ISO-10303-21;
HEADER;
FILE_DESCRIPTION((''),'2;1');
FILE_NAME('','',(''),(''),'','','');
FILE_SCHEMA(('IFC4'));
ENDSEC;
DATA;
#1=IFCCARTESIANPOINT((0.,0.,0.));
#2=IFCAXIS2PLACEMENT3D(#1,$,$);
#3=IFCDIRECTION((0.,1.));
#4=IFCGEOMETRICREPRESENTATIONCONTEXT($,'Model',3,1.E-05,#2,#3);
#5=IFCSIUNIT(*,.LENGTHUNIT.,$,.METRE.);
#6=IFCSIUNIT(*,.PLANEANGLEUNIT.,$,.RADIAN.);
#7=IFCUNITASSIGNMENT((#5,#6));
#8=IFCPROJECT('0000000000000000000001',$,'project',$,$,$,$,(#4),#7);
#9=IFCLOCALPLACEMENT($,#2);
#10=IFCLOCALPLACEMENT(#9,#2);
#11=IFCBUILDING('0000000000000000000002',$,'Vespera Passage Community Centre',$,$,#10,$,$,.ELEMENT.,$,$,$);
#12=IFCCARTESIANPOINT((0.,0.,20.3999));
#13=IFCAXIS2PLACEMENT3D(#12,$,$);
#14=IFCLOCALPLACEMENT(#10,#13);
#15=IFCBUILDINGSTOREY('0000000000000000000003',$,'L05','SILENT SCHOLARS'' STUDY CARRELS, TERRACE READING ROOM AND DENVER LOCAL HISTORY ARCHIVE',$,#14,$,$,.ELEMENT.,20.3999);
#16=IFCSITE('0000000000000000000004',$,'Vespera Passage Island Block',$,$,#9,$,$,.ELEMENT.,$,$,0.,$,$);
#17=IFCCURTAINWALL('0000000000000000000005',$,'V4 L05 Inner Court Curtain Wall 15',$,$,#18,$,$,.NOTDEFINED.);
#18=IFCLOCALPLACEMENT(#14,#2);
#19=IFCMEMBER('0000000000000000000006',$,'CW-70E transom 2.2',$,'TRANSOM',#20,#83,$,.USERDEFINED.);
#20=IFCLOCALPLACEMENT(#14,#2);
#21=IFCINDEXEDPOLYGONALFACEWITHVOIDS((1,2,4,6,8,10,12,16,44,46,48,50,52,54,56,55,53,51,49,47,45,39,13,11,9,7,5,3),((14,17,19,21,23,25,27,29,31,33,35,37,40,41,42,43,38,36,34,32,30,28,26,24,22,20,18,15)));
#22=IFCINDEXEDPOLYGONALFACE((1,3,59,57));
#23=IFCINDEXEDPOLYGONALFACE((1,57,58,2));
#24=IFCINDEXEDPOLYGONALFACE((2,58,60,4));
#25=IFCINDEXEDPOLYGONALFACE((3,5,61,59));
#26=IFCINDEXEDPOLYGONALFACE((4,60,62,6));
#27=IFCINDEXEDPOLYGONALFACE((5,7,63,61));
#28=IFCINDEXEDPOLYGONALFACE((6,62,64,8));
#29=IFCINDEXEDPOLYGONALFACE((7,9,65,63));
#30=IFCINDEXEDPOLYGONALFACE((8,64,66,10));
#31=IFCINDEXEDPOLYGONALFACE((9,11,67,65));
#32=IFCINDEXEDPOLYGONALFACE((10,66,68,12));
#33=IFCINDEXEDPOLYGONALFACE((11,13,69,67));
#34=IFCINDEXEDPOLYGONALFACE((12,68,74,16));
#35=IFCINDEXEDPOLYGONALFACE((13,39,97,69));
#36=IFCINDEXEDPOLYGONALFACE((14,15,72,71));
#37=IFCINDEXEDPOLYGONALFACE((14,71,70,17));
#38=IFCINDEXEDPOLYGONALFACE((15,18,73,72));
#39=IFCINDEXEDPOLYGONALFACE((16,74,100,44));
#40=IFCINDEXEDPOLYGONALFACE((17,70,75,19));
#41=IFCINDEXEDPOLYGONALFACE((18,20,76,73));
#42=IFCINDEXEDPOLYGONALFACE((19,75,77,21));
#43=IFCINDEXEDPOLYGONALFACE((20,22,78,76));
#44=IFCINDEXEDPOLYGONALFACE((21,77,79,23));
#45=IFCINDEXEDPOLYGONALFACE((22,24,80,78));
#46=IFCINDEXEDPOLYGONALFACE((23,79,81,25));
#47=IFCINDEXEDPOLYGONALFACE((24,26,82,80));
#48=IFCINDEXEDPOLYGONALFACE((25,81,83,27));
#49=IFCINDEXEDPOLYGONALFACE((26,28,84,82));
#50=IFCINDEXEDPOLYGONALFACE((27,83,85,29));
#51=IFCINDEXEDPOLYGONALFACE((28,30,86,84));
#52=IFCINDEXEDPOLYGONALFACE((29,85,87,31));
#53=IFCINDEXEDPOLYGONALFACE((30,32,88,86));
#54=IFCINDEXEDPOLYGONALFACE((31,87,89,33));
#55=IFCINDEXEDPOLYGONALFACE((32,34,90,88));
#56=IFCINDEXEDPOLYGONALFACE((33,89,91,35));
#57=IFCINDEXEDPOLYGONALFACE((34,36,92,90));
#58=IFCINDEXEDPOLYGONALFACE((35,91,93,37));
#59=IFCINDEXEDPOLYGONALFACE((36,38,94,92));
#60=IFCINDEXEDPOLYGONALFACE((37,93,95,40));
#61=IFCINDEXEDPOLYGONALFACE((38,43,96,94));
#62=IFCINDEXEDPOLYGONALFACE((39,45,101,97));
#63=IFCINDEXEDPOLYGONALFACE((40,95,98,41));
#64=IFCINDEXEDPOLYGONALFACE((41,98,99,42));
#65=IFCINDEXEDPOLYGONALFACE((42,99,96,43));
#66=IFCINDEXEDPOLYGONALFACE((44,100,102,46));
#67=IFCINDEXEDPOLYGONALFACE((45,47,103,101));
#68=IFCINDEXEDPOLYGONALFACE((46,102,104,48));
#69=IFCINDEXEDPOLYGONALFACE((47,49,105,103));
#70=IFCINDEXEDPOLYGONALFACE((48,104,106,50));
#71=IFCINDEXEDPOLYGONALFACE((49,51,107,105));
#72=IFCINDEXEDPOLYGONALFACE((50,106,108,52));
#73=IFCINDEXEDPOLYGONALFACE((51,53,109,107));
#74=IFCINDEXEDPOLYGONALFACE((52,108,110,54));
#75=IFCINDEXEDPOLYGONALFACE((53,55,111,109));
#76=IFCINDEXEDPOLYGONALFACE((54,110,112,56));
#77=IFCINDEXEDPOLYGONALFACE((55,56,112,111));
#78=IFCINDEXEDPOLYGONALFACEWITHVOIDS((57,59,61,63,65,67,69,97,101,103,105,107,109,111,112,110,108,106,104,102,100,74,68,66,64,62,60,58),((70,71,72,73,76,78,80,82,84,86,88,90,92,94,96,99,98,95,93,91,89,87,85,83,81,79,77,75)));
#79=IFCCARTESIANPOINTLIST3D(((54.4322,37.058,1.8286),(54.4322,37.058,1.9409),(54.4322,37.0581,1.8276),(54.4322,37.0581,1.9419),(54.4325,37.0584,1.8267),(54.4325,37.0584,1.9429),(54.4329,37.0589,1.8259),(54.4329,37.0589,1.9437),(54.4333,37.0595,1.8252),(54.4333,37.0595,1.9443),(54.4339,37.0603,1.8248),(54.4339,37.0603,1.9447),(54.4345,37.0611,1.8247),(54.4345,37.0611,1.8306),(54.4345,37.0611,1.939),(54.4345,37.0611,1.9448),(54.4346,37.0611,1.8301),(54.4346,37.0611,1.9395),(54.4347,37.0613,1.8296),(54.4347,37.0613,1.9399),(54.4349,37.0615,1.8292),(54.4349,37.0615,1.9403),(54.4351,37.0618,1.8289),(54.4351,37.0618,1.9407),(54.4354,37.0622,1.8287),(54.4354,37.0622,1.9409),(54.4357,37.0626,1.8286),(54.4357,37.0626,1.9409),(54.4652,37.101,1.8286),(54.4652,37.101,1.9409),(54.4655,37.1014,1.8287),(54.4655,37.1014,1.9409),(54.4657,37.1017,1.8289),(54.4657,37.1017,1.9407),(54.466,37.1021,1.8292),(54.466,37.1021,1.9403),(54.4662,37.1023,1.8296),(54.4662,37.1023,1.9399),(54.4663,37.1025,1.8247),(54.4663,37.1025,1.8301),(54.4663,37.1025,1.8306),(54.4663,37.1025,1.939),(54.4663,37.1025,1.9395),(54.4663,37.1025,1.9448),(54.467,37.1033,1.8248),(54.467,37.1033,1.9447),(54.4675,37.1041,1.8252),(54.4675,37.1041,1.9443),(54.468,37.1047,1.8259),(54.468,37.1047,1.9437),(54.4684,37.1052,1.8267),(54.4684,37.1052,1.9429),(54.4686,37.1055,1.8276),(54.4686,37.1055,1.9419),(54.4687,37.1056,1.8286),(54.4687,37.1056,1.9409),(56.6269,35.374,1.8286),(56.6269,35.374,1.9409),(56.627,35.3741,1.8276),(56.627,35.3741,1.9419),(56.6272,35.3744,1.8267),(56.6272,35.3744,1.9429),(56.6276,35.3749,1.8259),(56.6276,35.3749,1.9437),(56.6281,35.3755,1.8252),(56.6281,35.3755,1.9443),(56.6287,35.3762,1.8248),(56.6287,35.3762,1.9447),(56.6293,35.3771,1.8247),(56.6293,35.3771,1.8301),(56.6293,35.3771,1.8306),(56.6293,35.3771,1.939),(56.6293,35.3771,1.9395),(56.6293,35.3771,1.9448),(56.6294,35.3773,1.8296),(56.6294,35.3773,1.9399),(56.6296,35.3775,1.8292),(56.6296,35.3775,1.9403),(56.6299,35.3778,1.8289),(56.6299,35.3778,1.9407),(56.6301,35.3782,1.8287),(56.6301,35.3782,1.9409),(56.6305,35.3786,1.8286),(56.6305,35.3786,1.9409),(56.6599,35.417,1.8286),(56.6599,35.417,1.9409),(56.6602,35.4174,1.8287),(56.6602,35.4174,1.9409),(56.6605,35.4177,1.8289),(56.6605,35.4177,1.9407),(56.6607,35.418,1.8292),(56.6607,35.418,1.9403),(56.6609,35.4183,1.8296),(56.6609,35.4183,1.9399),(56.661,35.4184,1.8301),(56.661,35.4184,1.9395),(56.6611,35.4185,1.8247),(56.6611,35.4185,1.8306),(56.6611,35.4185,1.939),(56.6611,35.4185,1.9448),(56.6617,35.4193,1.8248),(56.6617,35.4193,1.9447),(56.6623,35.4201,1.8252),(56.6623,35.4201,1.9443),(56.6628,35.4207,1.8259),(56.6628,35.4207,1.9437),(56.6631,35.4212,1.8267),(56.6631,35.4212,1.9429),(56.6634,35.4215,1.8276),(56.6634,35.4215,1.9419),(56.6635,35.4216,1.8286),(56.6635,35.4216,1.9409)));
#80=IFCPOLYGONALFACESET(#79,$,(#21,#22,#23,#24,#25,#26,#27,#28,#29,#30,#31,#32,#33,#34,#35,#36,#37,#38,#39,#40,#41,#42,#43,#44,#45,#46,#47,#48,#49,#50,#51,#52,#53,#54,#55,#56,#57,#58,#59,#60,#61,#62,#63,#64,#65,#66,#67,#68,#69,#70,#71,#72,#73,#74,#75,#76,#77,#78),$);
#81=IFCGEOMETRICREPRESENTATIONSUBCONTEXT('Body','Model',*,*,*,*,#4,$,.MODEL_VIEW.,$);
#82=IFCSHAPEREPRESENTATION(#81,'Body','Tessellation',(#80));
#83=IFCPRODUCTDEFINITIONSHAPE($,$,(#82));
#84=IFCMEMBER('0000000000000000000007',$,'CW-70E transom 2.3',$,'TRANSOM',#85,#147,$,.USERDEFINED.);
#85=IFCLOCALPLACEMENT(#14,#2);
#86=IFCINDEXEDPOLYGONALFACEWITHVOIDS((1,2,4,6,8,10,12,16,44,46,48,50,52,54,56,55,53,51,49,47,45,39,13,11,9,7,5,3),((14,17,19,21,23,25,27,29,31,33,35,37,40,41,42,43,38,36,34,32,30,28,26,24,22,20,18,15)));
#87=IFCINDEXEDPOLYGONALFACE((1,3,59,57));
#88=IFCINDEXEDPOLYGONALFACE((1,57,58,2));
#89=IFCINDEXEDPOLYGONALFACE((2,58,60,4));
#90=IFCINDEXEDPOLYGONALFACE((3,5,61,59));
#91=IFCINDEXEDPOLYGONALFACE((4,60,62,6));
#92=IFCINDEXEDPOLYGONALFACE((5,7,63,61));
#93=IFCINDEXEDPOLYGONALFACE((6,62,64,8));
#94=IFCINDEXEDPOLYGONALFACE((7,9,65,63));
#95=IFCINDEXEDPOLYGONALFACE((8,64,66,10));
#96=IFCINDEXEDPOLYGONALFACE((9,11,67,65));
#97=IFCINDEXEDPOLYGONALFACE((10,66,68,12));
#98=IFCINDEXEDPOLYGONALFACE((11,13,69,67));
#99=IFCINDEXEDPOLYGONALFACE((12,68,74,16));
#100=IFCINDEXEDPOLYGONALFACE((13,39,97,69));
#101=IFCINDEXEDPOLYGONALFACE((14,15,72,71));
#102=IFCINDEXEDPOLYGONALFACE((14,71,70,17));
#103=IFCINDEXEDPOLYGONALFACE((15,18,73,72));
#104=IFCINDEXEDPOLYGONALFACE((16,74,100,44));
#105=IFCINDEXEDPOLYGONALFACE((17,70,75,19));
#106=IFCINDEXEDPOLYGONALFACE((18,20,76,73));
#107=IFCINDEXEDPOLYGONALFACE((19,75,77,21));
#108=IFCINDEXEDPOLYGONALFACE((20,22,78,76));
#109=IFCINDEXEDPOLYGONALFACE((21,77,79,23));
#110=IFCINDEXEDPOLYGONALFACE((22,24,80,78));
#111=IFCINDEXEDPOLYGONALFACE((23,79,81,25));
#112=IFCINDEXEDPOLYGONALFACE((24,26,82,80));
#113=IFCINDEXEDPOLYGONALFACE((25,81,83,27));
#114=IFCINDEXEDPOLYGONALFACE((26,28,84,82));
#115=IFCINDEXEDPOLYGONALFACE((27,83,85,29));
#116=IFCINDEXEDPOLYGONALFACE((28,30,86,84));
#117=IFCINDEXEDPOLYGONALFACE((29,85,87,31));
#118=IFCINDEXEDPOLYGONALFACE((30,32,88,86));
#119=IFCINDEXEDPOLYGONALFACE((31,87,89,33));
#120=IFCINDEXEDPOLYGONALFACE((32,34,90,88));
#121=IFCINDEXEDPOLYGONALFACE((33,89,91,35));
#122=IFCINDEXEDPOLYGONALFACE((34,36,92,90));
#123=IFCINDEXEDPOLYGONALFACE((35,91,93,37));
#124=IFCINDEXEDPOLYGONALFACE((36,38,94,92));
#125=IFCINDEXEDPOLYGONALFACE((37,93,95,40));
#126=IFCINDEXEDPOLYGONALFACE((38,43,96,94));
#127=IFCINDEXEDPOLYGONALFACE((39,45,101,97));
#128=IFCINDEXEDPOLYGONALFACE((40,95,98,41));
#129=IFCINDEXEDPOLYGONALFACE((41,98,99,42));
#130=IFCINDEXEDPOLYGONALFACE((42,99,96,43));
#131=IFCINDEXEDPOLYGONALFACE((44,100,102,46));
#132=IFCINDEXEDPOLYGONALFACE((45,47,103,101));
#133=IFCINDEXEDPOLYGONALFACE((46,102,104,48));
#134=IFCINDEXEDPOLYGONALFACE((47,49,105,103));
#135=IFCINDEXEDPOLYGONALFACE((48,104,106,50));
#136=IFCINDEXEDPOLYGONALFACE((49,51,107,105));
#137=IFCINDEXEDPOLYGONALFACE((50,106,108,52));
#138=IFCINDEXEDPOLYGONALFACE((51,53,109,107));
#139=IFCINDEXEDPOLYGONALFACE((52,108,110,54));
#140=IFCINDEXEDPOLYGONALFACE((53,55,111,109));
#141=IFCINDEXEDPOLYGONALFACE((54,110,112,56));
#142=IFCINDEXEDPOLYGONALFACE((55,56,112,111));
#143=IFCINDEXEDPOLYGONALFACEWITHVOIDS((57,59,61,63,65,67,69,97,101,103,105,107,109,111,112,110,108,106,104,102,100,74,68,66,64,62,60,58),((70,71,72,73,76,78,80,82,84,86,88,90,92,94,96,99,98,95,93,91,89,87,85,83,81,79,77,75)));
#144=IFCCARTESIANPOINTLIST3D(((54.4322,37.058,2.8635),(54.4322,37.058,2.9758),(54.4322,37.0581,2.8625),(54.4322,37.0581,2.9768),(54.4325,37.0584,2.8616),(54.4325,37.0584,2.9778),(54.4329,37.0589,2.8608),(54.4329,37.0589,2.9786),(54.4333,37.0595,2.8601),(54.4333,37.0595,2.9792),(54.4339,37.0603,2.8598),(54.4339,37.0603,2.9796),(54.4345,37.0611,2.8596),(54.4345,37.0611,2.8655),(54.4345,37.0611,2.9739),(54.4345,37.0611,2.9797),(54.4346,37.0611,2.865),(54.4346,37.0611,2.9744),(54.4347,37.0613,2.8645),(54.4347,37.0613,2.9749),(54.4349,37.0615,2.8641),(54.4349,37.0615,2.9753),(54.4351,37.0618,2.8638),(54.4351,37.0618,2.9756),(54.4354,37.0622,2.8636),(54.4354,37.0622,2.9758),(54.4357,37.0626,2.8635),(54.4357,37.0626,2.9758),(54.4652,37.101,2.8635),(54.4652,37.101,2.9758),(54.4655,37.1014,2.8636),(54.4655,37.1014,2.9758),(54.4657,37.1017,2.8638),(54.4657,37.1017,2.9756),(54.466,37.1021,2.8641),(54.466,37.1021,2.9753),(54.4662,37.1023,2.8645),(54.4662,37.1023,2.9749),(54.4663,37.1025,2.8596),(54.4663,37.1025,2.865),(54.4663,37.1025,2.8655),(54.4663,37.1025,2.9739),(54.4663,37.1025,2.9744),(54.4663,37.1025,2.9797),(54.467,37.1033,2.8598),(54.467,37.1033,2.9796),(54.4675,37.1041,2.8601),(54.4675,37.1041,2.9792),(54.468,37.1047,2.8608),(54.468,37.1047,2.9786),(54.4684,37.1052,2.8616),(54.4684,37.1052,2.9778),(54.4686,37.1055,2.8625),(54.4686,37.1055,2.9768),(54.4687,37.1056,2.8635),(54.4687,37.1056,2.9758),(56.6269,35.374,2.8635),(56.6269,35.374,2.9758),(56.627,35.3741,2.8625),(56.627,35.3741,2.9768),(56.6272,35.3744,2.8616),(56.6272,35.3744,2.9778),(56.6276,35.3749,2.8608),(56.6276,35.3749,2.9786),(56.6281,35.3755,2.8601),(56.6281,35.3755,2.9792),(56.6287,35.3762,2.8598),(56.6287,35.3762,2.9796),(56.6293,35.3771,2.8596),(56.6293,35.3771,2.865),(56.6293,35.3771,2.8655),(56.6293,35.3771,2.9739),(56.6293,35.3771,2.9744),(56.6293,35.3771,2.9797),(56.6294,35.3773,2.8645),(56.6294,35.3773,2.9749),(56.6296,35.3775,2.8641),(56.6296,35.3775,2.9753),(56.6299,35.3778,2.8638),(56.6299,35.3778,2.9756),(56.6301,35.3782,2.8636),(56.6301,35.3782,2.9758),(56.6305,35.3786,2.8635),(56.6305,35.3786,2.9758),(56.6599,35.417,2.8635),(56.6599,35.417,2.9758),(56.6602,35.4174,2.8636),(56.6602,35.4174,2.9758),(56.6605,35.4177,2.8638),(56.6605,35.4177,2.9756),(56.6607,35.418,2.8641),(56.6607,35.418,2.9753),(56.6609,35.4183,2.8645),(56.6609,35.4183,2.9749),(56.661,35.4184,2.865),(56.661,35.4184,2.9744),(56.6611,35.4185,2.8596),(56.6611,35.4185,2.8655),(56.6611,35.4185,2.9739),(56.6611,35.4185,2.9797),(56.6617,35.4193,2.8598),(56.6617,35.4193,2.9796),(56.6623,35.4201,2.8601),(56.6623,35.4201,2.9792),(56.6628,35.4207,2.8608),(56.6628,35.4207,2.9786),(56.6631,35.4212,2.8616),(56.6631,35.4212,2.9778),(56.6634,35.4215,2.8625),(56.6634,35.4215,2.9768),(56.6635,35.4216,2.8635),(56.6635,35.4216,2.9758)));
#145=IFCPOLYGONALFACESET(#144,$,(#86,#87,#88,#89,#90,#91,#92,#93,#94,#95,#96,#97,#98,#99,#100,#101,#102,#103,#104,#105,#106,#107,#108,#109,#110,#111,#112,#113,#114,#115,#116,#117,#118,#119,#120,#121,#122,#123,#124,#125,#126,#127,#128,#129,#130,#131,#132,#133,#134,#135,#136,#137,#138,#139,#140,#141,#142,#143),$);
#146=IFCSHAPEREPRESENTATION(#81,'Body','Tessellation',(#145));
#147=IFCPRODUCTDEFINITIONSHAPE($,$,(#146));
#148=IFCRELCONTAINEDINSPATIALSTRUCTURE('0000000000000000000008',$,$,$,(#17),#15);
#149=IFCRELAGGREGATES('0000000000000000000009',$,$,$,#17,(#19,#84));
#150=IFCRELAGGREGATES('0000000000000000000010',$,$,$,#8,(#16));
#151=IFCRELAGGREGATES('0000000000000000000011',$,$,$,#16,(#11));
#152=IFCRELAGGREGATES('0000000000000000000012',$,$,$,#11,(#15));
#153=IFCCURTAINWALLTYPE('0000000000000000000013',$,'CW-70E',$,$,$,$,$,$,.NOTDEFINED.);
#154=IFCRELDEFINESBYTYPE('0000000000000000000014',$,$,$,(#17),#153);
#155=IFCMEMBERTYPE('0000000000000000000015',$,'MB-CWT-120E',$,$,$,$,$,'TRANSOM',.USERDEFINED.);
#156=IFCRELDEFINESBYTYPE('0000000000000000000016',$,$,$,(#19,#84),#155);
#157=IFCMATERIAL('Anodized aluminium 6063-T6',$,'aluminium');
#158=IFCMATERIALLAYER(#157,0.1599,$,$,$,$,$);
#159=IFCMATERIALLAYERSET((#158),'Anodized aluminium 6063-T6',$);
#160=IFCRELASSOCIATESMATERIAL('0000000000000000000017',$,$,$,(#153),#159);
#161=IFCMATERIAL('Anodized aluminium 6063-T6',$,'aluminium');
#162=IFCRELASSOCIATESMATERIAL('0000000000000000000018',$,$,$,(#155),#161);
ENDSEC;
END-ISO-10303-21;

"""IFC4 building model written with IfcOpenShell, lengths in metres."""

from ifc_helpers import new_model, si_unit, direction, frame, origin, origin_2d, place, context, subcontext, project, spatial, hollow_rectangle, extrude, material, layer, layer_set, material_profile, profile_set, type_object, element, aggregate, save


model = new_model("IFC4")

# Units and contexts
model_context = context("Model", 3, precision=1e-05, world=origin(), true_north=direction((0.0, 1.0)))
body_context = subcontext(model_context, "Body", "Model", "MODEL_VIEW")
ifc_project = project(units=[si_unit("LENGTHUNIT", "METRE"), si_unit("PLANEANGLEUNIT", "RADIAN")], contexts=[model_context])

# Site, building, storey
site_placement = place(None, origin())
site = spatial("IfcSite", under=ifc_project, at=site_placement, Name="Vespera Passage Island Block", CompositionType="ELEMENT", RefElevation=0.0)
building_placement = place(site_placement, origin())
building = spatial("IfcBuilding", under=site, at=building_placement, Name="Vespera Passage Community Centre", CompositionType="ELEMENT")
storey_placement = place(building_placement, frame((0.0, 0.0, 20.3999)))
storey = spatial("IfcBuildingStorey", under=building, at=storey_placement, Name="L05", Description="SILENT SCHOLARS' STUDY CARRELS, TERRACE READING ROOM AND DENVER LOCAL HISTORY ARCHIVE", CompositionType="ELEMENT", Elevation=20.3999)

# Curtain wall
ifc_material_1 = material(Name="Anodized aluminium 6063-T6", Category="aluminium")
ifc_layer_1 = layer(ifc_material_1, 0.1599)
ifc_layer_set_1 = layer_set([ifc_layer_1], Name="Anodized aluminium 6063-T6")
curtain_wall_type_1 = type_object("IfcCurtainWallType", Name="CW-70E", PredefinedType="NOTDEFINED", material=ifc_layer_set_1)
curtain_wall_1_placement = place(storey_placement, origin())
curtain_wall_1 = element("IfcCurtainWall", 1, at=curtain_wall_1_placement, inside=storey, type_object=curtain_wall_type_1, Name="V4 L05 Inner Court Curtain Wall 15", PredefinedType="NOTDEFINED")

# Members
ifc_material_2 = material(Name="Anodized aluminium 6063-T6", Category="aluminium")
ifc_material_profile_1 = material_profile(ifc_material_2, hollow_rectangle(XDim=0.0601, YDim=0.1201, WallThickness=0.0039, InnerFilletRadius=0.002, OuterFilletRadius=0.0039, at=origin_2d()), Name="ALU120X60X4")
ifc_profile_set_1 = profile_set([ifc_material_profile_1], Name="Anodized aluminium 6063-T6")
member_type_1 = type_object("IfcMemberType", Name="MB-CWT-120E", ElementType="TRANSOM", PredefinedType="USERDEFINED", material=ifc_profile_set_1)
member_1_placement = place(storey_placement, frame((54.4504, 37.0818, 1.8848), z_axis=(0.793365, -0.608746, 0.0), x_axis=(0.608746, 0.793365, 0.0)))
member_1 = element("IfcMember", 2, at=member_1_placement, type_object=member_type_1, Name="CW-70E transom 2.2", ObjectType="TRANSOM", PredefinedType="USERDEFINED", context=body_context, shape_type="SweptSolid", body=[
    extrude(hollow_rectangle(XDim=0.0601, YDim=0.1201, WallThickness=0.0039, InnerFilletRadius=0.002, OuterFilletRadius=0.0039, at=origin_2d()), origin(), (0.0, 0.0, 1.0), 2.7664),
])
member_2_placement = place(storey_placement, frame((54.4504, 37.0818, 2.9197), z_axis=(0.793365, -0.608746, 0.0), x_axis=(0.608746, 0.793365, 0.0)))
member_2 = element("IfcMember", 3, at=member_2_placement, type_object=member_type_1, Name="CW-70E transom 2.3", ObjectType="TRANSOM", PredefinedType="USERDEFINED", context=body_context, shape_type="SweptSolid", body=[
    extrude(hollow_rectangle(XDim=0.0601, YDim=0.1201, WallThickness=0.0039, InnerFilletRadius=0.002, OuterFilletRadius=0.0039, at=origin_2d()), origin(), (0.0, 0.0, 1.0), 2.7664),
])

aggregate(curtain_wall_1, [member_1, member_2])

save(model, "model.ifc")
